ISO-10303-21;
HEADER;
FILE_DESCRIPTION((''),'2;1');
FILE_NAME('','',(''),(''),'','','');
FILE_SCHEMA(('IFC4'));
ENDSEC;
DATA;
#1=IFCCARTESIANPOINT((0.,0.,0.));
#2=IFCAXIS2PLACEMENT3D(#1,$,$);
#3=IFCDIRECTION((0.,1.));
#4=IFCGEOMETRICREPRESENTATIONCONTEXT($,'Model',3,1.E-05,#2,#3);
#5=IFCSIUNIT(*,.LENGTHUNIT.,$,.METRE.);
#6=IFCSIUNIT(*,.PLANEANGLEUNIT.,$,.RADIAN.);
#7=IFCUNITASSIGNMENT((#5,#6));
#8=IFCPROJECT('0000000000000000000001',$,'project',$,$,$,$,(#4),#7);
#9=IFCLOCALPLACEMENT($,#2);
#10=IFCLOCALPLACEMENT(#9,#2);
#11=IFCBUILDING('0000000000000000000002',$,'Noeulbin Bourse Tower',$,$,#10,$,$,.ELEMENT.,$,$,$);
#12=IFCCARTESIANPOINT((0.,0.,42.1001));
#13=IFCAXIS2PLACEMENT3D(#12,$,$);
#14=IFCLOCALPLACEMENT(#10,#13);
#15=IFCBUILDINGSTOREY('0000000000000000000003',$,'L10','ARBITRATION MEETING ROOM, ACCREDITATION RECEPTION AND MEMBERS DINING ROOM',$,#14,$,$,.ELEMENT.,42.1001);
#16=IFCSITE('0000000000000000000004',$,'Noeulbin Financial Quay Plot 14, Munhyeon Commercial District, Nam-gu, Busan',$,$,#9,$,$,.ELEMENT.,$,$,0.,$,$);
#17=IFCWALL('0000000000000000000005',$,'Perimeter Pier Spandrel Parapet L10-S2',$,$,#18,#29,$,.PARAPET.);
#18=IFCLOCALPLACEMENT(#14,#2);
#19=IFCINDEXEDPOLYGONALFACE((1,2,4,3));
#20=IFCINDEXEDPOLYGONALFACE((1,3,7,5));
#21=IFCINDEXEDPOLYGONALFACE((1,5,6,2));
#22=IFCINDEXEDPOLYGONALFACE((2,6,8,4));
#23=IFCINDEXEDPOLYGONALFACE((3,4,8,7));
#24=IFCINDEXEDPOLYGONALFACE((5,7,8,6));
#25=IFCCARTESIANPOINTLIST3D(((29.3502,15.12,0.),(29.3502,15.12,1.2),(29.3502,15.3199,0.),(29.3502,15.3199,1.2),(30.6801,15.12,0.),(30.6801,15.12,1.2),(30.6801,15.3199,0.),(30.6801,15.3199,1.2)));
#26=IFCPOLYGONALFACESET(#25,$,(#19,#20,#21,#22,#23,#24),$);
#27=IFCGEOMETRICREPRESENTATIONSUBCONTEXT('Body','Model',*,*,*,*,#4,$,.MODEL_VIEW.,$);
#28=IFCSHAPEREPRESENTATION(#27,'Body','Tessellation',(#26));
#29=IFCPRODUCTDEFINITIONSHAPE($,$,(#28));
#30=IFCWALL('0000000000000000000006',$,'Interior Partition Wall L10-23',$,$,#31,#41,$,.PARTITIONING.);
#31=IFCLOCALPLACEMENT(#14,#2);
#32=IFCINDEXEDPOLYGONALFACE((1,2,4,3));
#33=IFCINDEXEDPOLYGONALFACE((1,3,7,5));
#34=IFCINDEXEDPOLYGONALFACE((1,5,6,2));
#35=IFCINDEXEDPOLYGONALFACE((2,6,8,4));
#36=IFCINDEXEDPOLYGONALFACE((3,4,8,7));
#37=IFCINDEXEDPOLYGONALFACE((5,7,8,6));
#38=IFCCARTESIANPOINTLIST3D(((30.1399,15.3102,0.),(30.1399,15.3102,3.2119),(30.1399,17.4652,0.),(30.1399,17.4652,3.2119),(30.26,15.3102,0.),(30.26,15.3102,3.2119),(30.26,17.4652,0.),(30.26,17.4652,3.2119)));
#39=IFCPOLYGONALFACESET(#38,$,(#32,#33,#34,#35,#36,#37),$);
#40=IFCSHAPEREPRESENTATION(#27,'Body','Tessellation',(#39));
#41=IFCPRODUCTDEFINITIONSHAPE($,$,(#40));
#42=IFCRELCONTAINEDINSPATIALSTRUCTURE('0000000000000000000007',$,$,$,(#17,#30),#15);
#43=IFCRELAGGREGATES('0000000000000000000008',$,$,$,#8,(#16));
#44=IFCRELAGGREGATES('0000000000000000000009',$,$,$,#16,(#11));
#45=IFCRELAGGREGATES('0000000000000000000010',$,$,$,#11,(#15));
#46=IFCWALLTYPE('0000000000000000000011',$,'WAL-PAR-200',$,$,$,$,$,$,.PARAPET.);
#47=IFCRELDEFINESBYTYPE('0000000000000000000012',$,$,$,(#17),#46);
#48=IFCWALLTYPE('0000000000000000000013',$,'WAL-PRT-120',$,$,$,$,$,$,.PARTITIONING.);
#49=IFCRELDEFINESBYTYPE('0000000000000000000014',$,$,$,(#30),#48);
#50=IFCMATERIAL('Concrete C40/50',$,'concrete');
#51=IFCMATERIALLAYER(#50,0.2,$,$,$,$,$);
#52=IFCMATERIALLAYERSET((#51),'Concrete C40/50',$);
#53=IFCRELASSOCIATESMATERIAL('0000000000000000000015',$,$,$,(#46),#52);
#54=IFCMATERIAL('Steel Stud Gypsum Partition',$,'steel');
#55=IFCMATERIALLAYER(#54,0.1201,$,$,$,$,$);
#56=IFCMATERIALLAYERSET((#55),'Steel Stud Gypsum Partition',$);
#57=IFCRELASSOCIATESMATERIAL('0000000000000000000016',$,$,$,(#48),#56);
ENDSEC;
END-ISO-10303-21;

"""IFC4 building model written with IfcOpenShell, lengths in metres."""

from ifc_helpers import new_model, si_unit, direction, frame, frame_2d, origin, place, context, subcontext, project, spatial, rectangle, extrude, material, layer, layer_set, type_object, element, save


model = new_model("IFC4")

# Units and contexts
model_context = context("Model", 3, precision=1e-05, world=origin(), true_north=direction((0.0, 1.0)))
body_context = subcontext(model_context, "Body", "Model", "MODEL_VIEW")
ifc_project = project(units=[si_unit("LENGTHUNIT", "METRE"), si_unit("PLANEANGLEUNIT", "RADIAN")], contexts=[model_context])

# Site, building, storey
site_placement = place(None, origin())
site = spatial("IfcSite", under=ifc_project, at=site_placement, Name="Noeulbin Financial Quay Plot 14, Munhyeon Commercial District, Nam-gu, Busan", CompositionType="ELEMENT", RefElevation=0.0)
building_placement = place(site_placement, origin())
building = spatial("IfcBuilding", under=site, at=building_placement, Name="Noeulbin Bourse Tower", CompositionType="ELEMENT")
storey_placement = place(building_placement, frame((0.0, 0.0, 42.1001)))
storey = spatial("IfcBuildingStorey", under=building, at=storey_placement, Name="L10", Description="ARBITRATION MEETING ROOM, ACCREDITATION RECEPTION AND MEMBERS DINING ROOM", CompositionType="ELEMENT", Elevation=42.1001)

# Walls
ifc_material_1 = material(Name="Concrete C40/50", Category="concrete")
ifc_layer_1 = layer(ifc_material_1, 0.2)
ifc_layer_set_1 = layer_set([ifc_layer_1], Name="Concrete C40/50")
wall_type_1 = type_object("IfcWallType", Name="WAL-PAR-200", PredefinedType="PARAPET", material=ifc_layer_set_1)
wall_1_placement = place(storey_placement, frame((29.3501, 15.22, 0.0), z_axis=(0.0, 0.0, 1.0), x_axis=(1.0, 0.0, 0.0)))
element("IfcWall", 1, at=wall_1_placement, inside=storey, type_object=wall_type_1, Name="Perimeter Pier Spandrel Parapet L10-S2", PredefinedType="PARAPET", context=body_context, shape_type="SweptSolid", body=[
    extrude(rectangle(XDim=1.3298, YDim=0.2, at=frame_2d((0.665, 0.0))), origin(), (0.0, 0.0, 1.0), 1.2),
])
ifc_material_2 = material(Name="Steel Stud Gypsum Partition", Category="steel")
ifc_layer_2 = layer(ifc_material_2, 0.1201)
ifc_layer_set_2 = layer_set([ifc_layer_2], Name="Steel Stud Gypsum Partition")
wall_type_2 = type_object("IfcWallType", Name="WAL-PRT-120", PredefinedType="PARTITIONING", material=ifc_layer_set_2)
wall_2_placement = place(storey_placement, frame((30.2, 15.3101, 0.0), z_axis=(0.0, 0.0, 1.0), x_axis=(0.0, 1.0, 0.0)))
element("IfcWall", 2, at=wall_2_placement, inside=storey, type_object=wall_type_2, Name="Interior Partition Wall L10-23", PredefinedType="PARTITIONING", context=body_context, shape_type="SweptSolid", body=[
    extrude(rectangle(XDim=2.155, YDim=0.1201, at=frame_2d((1.0776, 0.0))), origin(), (0.0, 0.0, 1.0), 3.2119),
])

save(model, "model.ifc")
